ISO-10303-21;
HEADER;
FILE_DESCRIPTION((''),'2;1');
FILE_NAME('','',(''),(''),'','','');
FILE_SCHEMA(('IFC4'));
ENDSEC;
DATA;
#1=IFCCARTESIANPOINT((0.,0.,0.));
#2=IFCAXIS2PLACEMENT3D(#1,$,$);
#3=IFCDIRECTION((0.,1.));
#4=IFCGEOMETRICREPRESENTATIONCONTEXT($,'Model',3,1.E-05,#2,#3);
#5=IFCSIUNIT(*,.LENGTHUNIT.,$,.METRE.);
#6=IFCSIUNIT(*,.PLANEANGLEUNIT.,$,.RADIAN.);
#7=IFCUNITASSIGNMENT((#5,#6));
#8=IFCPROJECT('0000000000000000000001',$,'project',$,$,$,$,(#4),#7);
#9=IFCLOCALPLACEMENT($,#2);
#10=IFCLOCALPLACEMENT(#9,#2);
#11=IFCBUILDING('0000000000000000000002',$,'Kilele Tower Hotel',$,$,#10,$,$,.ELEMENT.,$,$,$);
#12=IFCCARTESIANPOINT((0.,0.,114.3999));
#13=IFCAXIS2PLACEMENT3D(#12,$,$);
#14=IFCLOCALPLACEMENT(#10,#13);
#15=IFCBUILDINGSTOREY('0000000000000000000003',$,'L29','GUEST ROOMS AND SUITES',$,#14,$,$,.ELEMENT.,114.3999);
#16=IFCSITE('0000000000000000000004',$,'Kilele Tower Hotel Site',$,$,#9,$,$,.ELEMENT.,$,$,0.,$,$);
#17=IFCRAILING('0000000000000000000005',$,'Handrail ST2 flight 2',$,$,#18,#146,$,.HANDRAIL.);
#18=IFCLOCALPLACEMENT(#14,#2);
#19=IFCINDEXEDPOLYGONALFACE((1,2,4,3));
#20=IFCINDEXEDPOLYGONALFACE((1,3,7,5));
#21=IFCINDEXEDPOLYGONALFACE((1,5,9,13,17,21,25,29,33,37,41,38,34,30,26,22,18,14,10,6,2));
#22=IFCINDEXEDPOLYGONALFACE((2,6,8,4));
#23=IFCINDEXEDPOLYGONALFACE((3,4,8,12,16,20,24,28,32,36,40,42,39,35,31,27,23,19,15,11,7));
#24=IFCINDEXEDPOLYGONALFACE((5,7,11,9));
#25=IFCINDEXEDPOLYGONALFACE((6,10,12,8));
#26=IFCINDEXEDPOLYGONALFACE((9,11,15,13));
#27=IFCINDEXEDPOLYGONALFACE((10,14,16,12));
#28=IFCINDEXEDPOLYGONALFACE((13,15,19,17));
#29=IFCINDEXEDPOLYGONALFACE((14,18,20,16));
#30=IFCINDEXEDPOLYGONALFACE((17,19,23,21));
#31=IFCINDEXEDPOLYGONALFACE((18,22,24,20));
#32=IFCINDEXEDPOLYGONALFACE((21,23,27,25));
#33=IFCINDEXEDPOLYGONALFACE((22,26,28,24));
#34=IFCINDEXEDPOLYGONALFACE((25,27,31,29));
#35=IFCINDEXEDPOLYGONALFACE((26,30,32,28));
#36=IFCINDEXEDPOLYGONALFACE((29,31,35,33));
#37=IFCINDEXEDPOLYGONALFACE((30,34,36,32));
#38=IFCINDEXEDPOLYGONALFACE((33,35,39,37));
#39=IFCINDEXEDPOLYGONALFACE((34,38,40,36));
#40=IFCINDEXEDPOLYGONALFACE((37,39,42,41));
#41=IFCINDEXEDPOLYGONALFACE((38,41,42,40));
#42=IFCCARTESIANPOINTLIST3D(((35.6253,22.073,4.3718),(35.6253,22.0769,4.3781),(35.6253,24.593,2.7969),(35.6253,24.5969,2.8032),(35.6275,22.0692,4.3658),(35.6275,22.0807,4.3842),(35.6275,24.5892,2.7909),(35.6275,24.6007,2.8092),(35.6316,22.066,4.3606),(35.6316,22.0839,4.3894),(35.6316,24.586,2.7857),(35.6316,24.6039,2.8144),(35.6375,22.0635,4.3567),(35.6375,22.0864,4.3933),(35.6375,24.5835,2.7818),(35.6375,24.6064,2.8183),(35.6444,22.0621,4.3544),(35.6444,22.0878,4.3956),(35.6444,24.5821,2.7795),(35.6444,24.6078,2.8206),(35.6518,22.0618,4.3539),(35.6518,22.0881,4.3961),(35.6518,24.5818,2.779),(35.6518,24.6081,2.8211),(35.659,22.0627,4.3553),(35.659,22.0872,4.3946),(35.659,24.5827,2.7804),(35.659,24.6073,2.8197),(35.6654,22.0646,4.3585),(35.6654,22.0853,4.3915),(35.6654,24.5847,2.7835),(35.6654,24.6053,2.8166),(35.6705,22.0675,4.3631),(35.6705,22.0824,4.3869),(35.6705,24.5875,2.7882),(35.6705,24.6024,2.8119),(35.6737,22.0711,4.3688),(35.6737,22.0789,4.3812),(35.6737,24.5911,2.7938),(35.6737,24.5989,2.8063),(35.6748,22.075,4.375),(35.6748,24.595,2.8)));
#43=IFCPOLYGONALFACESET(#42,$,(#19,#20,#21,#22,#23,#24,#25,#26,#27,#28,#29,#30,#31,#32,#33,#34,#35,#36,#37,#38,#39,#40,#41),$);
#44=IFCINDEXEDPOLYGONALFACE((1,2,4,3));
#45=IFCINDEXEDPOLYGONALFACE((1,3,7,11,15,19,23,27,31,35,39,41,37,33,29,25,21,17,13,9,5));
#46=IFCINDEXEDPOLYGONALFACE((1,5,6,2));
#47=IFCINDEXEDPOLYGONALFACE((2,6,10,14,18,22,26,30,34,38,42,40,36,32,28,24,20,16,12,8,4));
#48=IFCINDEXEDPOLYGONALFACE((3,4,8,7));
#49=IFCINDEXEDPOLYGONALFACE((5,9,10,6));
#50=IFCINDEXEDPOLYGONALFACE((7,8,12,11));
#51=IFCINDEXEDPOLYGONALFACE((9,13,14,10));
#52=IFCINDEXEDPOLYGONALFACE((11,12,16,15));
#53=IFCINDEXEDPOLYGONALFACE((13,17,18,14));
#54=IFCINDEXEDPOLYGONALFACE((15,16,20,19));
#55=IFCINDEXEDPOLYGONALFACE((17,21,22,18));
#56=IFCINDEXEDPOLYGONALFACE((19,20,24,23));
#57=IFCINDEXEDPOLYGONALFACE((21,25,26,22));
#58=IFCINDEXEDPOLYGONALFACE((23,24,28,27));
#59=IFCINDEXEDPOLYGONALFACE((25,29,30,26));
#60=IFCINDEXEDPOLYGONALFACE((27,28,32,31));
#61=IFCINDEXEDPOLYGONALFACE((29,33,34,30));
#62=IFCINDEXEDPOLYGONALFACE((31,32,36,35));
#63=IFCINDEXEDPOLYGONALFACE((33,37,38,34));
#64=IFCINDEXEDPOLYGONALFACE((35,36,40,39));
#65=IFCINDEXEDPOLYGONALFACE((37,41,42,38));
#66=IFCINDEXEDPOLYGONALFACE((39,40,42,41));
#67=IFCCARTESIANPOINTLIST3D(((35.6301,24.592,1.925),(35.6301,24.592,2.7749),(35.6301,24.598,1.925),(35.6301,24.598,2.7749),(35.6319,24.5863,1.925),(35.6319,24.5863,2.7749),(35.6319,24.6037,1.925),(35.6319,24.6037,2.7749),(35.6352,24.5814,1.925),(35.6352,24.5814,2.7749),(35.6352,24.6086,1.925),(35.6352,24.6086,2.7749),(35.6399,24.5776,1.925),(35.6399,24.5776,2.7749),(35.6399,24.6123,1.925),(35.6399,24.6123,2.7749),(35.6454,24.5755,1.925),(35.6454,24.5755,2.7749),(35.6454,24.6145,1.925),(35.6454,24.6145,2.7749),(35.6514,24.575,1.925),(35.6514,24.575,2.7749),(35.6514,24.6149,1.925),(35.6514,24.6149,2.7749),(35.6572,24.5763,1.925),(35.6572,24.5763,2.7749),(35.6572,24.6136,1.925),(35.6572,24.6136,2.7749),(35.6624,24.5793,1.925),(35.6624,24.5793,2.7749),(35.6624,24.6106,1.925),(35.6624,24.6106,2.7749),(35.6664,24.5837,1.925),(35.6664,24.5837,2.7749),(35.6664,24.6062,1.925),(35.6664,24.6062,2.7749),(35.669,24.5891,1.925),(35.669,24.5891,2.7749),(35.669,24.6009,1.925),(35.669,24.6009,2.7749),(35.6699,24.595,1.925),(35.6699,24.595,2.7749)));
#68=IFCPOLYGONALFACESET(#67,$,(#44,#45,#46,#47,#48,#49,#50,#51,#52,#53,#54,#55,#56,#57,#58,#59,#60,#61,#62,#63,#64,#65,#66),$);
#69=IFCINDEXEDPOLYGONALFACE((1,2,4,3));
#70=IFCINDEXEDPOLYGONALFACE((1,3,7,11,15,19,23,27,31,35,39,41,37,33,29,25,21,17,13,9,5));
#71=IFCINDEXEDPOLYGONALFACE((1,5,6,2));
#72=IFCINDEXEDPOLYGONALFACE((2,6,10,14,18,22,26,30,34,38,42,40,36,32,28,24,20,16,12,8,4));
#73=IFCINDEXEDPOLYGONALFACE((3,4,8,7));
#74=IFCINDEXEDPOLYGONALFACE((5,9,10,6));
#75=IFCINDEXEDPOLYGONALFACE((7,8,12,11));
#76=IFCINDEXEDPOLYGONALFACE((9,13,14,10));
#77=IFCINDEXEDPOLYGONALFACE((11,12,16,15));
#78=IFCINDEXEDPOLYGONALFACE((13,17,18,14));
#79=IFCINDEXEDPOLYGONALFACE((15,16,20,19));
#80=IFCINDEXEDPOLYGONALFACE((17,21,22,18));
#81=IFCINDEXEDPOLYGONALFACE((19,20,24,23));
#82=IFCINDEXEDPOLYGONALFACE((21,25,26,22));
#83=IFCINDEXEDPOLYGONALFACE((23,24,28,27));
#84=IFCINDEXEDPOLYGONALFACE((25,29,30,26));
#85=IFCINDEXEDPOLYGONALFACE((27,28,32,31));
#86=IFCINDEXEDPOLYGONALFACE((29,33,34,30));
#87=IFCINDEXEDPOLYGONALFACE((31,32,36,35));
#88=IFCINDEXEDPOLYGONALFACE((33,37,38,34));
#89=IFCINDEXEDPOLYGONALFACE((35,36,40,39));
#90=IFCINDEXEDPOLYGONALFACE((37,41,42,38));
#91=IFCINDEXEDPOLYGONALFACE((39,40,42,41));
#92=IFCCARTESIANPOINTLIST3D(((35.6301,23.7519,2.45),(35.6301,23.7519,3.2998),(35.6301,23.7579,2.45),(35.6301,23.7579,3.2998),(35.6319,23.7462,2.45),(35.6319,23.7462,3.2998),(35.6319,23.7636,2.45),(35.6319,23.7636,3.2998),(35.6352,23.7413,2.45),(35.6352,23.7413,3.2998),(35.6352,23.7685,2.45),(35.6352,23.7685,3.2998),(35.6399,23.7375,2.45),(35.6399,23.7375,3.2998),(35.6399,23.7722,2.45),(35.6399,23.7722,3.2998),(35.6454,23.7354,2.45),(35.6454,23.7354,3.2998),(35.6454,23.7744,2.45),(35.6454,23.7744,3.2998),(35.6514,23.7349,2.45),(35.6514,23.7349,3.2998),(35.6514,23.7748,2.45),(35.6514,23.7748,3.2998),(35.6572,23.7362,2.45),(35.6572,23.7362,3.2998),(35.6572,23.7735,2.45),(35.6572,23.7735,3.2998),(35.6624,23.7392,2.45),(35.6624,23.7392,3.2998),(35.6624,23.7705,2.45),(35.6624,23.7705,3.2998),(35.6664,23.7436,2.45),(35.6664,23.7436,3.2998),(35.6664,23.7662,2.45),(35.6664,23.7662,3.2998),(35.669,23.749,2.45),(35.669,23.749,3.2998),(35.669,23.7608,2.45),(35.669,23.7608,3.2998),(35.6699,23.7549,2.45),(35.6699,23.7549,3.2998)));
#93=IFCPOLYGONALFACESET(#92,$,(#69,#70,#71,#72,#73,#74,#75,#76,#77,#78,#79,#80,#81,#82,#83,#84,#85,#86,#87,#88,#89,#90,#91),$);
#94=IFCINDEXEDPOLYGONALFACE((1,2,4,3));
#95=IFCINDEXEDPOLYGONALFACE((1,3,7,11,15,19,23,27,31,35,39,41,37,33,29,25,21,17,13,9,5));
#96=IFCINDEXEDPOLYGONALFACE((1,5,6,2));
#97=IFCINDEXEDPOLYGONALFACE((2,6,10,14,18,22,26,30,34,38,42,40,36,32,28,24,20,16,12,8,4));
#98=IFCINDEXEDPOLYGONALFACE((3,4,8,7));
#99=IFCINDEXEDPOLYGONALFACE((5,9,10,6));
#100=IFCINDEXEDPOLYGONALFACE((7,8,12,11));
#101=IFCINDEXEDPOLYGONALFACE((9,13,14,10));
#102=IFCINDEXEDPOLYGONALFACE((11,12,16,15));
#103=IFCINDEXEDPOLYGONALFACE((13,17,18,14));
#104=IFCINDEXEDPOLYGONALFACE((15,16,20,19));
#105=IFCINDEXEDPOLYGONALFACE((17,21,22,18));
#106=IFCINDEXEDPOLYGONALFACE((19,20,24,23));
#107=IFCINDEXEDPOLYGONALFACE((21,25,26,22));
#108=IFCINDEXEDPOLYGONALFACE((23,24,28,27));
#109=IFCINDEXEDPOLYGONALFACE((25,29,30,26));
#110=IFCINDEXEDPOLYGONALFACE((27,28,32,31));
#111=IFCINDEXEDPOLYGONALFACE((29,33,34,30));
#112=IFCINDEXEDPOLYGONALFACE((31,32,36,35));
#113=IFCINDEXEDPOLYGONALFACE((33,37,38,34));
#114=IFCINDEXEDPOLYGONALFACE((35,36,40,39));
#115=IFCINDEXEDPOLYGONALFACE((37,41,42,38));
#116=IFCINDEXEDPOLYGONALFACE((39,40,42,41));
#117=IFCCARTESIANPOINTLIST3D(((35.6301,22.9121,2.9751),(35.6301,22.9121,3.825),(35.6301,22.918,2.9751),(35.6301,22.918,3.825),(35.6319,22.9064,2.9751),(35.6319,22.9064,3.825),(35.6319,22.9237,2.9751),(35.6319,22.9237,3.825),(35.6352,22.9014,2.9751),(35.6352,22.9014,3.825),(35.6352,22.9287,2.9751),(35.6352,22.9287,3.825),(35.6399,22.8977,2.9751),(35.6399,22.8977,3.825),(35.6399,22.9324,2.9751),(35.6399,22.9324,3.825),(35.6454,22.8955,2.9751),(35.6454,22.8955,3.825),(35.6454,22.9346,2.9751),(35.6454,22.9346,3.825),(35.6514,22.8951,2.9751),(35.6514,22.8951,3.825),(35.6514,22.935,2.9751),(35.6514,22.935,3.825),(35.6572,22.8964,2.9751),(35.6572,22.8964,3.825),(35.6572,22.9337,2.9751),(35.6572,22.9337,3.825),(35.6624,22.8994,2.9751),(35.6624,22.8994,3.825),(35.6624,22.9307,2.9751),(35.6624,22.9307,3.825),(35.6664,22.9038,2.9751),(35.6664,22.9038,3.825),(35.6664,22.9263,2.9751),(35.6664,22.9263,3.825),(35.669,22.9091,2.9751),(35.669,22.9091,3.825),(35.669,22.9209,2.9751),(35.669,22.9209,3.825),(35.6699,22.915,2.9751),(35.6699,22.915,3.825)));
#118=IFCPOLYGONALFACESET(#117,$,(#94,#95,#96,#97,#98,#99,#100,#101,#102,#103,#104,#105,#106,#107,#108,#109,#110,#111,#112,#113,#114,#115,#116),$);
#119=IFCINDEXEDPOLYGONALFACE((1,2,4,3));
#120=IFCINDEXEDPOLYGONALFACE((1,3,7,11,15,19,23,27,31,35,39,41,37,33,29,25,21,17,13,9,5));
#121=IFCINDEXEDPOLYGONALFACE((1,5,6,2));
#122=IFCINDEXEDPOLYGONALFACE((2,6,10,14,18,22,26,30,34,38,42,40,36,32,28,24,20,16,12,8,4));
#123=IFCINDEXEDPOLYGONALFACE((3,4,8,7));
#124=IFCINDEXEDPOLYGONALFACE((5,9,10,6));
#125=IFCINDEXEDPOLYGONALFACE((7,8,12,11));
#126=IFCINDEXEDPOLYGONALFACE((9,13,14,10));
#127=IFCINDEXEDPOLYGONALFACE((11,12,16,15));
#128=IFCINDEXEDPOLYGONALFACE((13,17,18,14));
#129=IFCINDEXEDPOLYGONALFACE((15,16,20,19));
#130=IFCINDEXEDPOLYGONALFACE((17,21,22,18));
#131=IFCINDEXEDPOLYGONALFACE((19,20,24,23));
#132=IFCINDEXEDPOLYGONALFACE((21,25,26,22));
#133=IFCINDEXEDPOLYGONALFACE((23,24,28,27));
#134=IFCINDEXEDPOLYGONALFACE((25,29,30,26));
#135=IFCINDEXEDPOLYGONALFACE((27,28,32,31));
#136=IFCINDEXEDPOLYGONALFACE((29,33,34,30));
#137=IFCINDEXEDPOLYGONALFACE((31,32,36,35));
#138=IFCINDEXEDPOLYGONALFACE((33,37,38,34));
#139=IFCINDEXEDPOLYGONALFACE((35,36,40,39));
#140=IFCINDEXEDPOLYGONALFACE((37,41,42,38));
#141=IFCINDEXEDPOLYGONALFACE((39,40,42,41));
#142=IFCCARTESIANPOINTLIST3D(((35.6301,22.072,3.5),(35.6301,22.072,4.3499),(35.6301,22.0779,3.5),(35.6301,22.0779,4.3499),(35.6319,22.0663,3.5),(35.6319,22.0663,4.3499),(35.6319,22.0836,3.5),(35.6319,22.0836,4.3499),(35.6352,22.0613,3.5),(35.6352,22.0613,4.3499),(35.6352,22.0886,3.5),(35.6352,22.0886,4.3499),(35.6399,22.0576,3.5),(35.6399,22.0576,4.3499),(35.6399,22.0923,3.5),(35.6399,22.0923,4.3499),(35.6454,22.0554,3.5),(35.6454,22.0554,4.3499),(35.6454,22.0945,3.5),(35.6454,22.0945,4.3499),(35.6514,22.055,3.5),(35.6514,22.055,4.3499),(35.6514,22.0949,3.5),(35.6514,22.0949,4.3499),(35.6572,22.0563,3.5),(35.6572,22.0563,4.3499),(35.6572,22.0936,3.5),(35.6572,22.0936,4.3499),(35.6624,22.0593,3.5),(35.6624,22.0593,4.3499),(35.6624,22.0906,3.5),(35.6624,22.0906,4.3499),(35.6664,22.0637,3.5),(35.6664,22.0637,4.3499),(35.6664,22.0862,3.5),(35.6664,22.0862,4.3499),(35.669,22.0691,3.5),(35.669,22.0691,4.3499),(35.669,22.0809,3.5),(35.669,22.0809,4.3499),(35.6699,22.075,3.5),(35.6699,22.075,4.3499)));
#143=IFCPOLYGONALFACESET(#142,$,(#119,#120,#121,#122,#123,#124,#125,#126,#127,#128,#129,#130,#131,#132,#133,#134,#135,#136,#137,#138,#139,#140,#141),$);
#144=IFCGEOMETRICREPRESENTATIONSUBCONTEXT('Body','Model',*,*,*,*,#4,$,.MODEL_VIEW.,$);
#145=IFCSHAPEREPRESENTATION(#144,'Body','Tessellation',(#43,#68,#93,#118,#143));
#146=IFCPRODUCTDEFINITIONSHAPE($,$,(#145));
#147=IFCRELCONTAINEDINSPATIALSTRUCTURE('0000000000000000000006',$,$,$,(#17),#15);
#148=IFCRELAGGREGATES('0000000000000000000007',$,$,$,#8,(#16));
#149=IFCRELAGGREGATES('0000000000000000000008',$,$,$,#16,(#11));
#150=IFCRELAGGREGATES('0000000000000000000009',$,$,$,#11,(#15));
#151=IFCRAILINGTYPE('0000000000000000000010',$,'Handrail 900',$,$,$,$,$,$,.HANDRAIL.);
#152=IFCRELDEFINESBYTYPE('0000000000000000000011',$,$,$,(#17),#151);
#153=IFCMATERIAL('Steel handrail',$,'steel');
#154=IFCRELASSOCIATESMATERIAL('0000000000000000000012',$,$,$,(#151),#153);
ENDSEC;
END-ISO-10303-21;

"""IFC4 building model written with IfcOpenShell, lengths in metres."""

from ifc_helpers import new_model, si_unit, direction, frame, origin, origin_2d, place, context, subcontext, project, spatial, circle, extrude, material, type_object, element, save


model = new_model("IFC4")

# Units and contexts
model_context = context("Model", 3, precision=1e-05, world=origin(), true_north=direction((0.0, 1.0)))
body_context = subcontext(model_context, "Body", "Model", "MODEL_VIEW")
ifc_project = project(units=[si_unit("LENGTHUNIT", "METRE"), si_unit("PLANEANGLEUNIT", "RADIAN")], contexts=[model_context])

# Site, building, storey
site_placement = place(None, origin())
site = spatial("IfcSite", under=ifc_project, at=site_placement, Name="Kilele Tower Hotel Site", CompositionType="ELEMENT", RefElevation=0.0)
building_placement = place(site_placement, origin())
building = spatial("IfcBuilding", under=site, at=building_placement, Name="Kilele Tower Hotel", CompositionType="ELEMENT")
storey_placement = place(building_placement, frame((0.0, 0.0, 114.3999)))
storey = spatial("IfcBuildingStorey", under=building, at=storey_placement, Name="L29", Description="GUEST ROOMS AND SUITES", CompositionType="ELEMENT", Elevation=114.3999)

# Railing
ifc_material_1 = material(Name="Steel handrail", Category="steel")
railing_type_1 = type_object("IfcRailingType", Name="Handrail 900", PredefinedType="HANDRAIL", material=ifc_material_1)
for number, where, name in (
    (1, (35.6499, 24.595, 1.925), "Handrail ST2 flight 2"),
):
    element("IfcRailing", number, at=place(storey_placement, frame(where)), inside=storey, type_object=railing_type_1, Name=name, PredefinedType="HANDRAIL", context=body_context, shape_type="SweptSolid", body=[
        extrude(circle(Radius=0.0249, at=origin_2d()), frame((0.0, 0.0, 0.875), z_axis=(0.0, -0.848008, 0.529984), x_axis=(1.0, 0.0, 0.0)), (0.0, 0.0, 1.0), 2.9717),
        extrude(circle(Radius=0.02, at=origin_2d()), origin(), (0.0, 0.0, 1.0), 0.8499),
        extrude(circle(Radius=0.02, at=origin_2d()), frame((0.0, -0.8401, 0.5249)), (0.0, 0.0, 1.0), 0.8499),
        extrude(circle(Radius=0.02, at=origin_2d()), frame((0.0, -1.6799, 1.05)), (0.0, 0.0, 1.0), 0.8499),
        extrude(circle(Radius=0.02, at=origin_2d()), frame((0.0, -2.52, 1.575)), (0.0, 0.0, 1.0), 0.8499),
    ])

save(model, "model.ifc")
